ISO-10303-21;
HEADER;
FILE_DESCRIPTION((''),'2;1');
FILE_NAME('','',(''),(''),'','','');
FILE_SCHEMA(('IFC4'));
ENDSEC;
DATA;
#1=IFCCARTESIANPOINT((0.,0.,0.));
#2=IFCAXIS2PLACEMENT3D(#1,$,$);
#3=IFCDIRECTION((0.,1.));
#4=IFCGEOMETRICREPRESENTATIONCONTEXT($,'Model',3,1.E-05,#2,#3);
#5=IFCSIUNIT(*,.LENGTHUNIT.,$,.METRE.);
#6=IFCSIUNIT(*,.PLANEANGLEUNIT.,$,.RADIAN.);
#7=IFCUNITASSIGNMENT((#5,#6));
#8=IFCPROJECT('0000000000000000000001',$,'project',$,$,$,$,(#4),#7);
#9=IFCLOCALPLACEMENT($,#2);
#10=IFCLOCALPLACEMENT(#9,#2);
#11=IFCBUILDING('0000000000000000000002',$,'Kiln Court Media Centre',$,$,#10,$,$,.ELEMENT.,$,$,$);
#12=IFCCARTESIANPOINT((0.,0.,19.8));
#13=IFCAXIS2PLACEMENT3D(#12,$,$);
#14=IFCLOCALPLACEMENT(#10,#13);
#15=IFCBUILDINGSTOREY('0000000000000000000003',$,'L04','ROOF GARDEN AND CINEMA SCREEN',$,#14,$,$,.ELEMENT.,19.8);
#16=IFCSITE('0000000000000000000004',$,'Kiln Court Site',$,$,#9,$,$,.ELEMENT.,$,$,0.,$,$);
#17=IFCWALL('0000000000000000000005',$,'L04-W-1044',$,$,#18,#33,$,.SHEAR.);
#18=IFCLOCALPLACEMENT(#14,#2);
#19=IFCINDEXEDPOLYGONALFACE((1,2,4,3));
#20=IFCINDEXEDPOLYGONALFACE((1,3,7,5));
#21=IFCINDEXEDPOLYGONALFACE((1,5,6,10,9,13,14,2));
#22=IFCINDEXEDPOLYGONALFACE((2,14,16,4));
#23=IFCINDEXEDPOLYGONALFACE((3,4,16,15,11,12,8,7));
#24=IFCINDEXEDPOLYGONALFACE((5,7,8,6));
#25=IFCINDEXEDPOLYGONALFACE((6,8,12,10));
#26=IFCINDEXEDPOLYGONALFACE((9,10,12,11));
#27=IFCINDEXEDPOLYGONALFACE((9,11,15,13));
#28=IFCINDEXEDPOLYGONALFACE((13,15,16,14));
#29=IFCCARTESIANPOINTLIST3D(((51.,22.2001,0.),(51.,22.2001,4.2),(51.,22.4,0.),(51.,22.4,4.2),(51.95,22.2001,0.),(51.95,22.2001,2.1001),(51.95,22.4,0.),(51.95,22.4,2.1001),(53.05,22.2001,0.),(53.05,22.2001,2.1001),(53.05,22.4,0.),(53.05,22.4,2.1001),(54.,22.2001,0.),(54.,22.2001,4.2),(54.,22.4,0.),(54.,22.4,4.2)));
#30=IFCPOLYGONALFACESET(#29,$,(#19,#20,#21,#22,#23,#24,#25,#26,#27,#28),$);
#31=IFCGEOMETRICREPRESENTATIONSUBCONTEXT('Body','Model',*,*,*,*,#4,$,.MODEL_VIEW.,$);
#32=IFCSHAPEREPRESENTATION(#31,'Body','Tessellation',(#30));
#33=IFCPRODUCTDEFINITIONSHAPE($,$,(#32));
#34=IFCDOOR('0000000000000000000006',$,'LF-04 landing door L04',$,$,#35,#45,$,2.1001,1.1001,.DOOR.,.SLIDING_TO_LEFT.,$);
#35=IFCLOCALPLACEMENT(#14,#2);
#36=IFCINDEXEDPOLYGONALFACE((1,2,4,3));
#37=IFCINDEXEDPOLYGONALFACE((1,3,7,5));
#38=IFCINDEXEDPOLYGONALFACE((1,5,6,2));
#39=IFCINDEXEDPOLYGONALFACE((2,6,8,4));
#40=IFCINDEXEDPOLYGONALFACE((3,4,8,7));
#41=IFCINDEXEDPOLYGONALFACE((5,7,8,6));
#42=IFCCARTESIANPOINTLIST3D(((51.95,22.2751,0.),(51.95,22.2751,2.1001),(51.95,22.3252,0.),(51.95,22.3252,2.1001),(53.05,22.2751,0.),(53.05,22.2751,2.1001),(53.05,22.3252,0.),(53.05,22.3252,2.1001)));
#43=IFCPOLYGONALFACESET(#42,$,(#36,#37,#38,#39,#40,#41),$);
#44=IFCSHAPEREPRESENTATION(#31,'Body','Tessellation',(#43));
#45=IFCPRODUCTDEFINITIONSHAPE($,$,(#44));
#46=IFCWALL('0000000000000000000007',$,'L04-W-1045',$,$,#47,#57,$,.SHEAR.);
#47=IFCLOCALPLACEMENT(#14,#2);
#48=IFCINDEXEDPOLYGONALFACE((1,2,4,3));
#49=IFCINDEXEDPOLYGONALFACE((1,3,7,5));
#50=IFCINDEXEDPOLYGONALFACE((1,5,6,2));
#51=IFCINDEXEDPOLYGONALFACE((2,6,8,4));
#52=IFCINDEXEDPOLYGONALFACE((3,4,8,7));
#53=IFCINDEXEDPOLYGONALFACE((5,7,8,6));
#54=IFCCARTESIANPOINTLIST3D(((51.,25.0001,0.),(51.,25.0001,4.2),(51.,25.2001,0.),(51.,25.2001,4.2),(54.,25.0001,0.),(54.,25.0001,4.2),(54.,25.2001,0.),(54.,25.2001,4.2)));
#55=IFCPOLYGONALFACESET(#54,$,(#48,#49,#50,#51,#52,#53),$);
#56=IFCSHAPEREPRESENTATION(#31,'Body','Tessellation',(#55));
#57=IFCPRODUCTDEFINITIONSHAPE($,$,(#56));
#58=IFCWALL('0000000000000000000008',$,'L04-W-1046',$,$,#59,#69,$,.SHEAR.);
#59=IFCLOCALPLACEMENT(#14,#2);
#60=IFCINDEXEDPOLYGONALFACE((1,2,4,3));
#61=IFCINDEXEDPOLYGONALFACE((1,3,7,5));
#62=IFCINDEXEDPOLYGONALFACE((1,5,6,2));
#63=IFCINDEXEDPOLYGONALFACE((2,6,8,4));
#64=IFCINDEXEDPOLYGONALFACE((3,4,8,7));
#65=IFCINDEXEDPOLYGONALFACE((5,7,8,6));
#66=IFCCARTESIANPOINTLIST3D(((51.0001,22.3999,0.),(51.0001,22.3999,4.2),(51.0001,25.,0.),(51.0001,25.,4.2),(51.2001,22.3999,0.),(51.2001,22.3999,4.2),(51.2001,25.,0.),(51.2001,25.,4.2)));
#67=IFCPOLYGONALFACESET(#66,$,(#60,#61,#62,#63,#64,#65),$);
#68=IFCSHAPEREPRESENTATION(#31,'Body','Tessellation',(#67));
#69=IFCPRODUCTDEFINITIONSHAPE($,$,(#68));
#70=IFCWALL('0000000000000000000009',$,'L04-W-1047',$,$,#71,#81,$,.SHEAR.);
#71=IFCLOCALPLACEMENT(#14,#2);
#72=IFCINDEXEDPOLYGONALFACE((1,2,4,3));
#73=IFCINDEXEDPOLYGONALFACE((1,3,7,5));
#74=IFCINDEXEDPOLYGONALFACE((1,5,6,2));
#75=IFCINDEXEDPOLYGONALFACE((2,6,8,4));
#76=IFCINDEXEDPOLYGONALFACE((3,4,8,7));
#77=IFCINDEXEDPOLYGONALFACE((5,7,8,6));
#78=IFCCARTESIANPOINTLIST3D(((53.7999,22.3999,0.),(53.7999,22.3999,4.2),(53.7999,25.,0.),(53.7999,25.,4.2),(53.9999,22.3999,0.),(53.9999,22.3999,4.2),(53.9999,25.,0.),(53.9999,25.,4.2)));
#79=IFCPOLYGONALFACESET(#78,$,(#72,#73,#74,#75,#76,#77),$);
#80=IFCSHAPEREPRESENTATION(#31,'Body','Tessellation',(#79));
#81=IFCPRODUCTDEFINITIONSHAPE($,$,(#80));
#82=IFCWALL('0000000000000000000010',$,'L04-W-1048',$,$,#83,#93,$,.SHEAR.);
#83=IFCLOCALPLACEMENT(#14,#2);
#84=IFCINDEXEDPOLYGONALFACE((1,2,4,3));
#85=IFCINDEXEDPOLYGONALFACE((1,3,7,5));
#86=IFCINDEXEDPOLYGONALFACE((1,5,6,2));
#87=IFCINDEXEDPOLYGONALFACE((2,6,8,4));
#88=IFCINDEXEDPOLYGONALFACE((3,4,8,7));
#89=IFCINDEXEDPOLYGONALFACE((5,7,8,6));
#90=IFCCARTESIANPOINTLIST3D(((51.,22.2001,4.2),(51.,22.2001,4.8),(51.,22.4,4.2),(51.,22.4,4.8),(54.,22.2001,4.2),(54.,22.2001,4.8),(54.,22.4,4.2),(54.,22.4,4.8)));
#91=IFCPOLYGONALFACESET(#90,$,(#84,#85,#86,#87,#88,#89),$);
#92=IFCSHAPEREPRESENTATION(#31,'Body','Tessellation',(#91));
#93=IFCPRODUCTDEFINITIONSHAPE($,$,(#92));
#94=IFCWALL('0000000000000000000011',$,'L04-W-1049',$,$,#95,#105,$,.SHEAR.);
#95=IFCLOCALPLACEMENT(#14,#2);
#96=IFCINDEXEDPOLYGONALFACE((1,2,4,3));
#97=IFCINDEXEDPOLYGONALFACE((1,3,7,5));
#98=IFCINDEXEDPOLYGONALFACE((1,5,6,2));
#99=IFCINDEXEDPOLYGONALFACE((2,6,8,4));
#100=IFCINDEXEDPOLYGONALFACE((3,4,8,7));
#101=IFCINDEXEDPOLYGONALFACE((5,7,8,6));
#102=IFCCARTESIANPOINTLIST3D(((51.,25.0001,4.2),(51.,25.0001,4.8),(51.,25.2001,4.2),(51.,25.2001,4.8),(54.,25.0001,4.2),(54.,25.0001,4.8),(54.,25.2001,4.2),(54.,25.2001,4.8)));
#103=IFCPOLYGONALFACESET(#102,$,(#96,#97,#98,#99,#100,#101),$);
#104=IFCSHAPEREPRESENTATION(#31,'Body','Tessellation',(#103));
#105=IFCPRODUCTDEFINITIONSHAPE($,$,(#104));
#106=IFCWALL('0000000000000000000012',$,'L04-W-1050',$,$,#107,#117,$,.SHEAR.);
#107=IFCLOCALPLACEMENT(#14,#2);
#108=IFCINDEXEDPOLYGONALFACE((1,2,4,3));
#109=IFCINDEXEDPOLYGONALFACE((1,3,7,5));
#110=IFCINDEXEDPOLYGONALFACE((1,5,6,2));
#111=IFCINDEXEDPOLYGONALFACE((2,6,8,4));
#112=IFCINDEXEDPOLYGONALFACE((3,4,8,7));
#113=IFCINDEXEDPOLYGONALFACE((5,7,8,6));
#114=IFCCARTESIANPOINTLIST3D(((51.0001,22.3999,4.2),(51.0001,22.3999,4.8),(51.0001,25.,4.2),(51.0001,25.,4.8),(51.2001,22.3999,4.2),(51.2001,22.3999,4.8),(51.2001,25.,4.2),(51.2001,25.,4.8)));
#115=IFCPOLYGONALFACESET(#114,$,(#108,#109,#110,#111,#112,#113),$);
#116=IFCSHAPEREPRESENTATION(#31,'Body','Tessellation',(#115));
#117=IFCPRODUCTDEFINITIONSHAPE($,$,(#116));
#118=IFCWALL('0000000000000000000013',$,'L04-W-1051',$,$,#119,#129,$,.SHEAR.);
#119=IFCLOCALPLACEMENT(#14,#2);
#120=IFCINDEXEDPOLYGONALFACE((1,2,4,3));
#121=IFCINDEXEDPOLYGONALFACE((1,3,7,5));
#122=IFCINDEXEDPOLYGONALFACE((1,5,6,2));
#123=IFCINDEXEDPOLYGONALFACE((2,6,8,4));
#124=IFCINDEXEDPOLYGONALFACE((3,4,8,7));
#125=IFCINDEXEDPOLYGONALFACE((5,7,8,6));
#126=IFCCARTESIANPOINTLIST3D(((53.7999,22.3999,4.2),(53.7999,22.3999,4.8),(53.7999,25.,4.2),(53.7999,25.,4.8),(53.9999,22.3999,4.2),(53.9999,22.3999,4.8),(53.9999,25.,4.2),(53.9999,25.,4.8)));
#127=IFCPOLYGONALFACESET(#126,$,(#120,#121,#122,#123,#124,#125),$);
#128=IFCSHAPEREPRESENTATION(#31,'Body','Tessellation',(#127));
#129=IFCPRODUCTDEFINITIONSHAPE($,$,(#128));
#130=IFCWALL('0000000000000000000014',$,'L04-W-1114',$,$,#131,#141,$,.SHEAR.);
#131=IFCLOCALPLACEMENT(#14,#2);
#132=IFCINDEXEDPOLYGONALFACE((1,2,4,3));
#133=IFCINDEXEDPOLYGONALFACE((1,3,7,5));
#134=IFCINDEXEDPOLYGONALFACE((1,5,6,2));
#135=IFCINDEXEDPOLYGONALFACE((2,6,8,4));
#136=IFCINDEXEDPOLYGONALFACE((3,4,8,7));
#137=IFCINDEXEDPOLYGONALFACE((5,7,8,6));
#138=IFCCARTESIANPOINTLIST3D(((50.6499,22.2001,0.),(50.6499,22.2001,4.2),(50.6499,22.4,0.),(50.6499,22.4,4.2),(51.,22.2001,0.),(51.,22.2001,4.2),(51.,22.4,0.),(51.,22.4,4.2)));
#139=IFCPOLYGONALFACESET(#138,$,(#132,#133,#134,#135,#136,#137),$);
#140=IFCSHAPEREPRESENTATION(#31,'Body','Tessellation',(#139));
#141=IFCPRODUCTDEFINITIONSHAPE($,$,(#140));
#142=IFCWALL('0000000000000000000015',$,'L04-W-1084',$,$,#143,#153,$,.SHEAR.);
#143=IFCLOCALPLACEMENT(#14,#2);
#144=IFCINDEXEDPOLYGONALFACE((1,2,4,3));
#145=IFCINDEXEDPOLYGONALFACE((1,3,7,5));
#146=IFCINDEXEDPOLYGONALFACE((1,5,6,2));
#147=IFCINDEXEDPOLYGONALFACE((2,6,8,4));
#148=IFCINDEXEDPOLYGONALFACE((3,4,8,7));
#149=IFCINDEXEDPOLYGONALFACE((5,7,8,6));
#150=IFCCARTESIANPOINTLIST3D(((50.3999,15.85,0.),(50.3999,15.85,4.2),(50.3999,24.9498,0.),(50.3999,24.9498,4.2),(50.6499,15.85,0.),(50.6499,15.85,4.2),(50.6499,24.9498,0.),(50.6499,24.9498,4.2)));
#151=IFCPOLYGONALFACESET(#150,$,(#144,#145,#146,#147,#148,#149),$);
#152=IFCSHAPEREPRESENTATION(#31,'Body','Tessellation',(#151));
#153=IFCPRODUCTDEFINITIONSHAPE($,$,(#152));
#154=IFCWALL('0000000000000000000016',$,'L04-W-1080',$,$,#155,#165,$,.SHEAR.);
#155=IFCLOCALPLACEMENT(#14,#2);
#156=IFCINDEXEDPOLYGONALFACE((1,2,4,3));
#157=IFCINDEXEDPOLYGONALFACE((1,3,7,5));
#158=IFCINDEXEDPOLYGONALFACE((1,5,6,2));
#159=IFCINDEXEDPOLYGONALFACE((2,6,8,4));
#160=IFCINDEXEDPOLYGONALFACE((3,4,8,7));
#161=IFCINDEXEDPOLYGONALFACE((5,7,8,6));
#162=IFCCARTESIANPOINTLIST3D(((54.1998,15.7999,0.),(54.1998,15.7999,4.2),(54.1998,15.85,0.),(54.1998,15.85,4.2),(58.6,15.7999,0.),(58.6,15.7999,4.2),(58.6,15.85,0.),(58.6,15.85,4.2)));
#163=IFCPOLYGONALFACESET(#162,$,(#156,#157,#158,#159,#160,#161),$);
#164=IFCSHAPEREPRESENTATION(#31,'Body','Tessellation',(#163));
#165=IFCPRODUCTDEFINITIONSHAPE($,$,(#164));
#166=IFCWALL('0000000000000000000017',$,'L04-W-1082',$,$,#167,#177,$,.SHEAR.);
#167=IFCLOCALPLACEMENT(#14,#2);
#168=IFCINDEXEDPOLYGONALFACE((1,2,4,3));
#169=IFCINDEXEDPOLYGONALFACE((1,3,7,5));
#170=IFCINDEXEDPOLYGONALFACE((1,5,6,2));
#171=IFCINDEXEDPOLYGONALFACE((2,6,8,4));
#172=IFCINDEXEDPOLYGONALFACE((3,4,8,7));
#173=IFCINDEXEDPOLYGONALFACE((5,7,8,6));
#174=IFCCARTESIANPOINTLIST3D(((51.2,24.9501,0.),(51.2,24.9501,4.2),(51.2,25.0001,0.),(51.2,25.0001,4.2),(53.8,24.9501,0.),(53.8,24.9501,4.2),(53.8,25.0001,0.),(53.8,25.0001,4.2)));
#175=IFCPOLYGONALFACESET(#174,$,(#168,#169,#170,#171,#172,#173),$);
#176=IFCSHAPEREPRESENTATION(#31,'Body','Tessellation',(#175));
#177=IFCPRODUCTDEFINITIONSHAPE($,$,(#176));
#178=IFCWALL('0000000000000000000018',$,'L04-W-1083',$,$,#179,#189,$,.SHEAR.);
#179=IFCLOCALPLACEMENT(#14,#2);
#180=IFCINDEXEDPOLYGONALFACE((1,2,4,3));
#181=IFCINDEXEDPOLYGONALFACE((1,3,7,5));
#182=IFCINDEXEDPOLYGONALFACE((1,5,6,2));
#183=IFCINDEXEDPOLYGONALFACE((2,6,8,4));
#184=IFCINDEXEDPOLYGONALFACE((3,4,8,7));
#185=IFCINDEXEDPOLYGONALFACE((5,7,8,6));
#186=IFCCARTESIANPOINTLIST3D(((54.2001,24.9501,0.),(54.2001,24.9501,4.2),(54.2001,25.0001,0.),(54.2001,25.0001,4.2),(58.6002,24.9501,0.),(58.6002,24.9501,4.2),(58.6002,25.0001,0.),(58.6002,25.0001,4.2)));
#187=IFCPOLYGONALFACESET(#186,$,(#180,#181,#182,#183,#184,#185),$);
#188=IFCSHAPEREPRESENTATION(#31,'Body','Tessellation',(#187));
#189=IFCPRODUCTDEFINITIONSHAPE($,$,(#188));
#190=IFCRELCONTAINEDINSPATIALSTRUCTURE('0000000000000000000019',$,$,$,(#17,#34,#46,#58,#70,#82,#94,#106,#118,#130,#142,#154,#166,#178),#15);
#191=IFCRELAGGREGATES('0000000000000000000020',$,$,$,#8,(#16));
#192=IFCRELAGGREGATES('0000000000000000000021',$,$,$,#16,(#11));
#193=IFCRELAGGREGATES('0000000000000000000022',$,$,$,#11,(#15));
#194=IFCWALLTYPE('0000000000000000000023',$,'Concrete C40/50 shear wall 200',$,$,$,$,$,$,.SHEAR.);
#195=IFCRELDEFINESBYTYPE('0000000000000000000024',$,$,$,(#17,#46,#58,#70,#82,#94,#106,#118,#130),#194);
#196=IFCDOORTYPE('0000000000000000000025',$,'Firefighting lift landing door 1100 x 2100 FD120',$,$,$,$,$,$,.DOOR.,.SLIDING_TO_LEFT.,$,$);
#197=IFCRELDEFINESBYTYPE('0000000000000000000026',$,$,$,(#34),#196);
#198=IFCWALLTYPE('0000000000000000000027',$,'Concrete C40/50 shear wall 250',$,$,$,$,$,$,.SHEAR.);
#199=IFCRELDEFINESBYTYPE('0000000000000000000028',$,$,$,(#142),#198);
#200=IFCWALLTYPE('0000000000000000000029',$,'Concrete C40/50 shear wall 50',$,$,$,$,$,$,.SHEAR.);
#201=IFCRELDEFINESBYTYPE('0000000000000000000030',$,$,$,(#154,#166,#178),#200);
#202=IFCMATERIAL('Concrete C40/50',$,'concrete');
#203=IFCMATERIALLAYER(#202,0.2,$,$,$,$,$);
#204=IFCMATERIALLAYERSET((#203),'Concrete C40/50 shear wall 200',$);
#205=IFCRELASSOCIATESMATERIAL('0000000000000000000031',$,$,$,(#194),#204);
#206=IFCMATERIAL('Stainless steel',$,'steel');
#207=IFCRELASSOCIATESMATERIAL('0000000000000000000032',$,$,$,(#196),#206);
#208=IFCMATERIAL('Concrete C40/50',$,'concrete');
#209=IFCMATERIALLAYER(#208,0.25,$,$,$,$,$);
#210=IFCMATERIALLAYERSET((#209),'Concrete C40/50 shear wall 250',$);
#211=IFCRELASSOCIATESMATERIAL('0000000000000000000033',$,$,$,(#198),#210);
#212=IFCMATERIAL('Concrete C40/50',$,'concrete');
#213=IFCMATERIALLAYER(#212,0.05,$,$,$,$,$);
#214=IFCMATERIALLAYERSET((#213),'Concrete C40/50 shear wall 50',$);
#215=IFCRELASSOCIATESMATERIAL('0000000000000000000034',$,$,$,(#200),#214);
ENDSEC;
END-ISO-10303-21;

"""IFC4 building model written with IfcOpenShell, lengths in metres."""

from ifc_helpers import new_model, si_unit, direction, frame, frame_2d, origin, place, context, subcontext, project, spatial, rectangle, extrude, material, layer, layer_set, type_object, element, fill, save


model = new_model("IFC4")

# Units and contexts
model_context = context("Model", 3, precision=1e-05, world=origin(), true_north=direction((0.0, 1.0)))
body_context = subcontext(model_context, "Body", "Model", "MODEL_VIEW")
ifc_project = project(units=[si_unit("LENGTHUNIT", "METRE"), si_unit("PLANEANGLEUNIT", "RADIAN")], contexts=[model_context])

# Site, building, storey
site_placement = place(None, origin())
site = spatial("IfcSite", under=ifc_project, at=site_placement, Name="Kiln Court Site", CompositionType="ELEMENT", RefElevation=0.0)
building_placement = place(site_placement, origin())
building = spatial("IfcBuilding", under=site, at=building_placement, Name="Kiln Court Media Centre", CompositionType="ELEMENT")
storey_placement = place(building_placement, frame((0.0, 0.0, 19.8)))
storey = spatial("IfcBuildingStorey", under=building, at=storey_placement, Name="L04", Description="ROOF GARDEN AND CINEMA SCREEN", CompositionType="ELEMENT", Elevation=19.8)

# Shared definitions
ifc_material_1 = material(Name="Concrete C40/50", Category="concrete")
ifc_layer_1 = layer(ifc_material_1, 0.2)
ifc_layer_set_1 = layer_set([ifc_layer_1], Name="Concrete C40/50 shear wall 200")
wall_type_1 = type_object("IfcWallType", Name="Concrete C40/50 shear wall 200", PredefinedType="SHEAR", material=ifc_layer_set_1)

# Wall, opening, door
wall_1_placement = place(storey_placement, frame((54.0, 22.3, 0.0), z_axis=(0.0, 0.0, 1.0), x_axis=(-1.0, 0.0, 0.0)))
wall_1 = element("IfcWall", 1, at=wall_1_placement, inside=storey, type_object=wall_type_1, Name="L04-W-1044", PredefinedType="SHEAR", context=body_context, shape_type="SweptSolid", body=[
    extrude(rectangle(XDim=3.0, YDim=0.2, at=frame_2d((1.5, 0.0))), origin(), (0.0, 0.0, 1.0), 4.2),
])
opening_1_placement = place(wall_1_placement, frame((0.95, 0.0, 0.0)))
opening_1 = element("IfcOpeningElement", 2, at=opening_1_placement, cuts=wall_1, PredefinedType="OPENING", context=body_context, shape_type="SweptSolid", body=[
    extrude(rectangle(XDim=1.1001, YDim=2.1001, at=frame_2d((0.55, 1.05))), frame((0.0, 0.1099, 0.0), z_axis=(0.0, -1.0, 0.0), x_axis=(1.0, 0.0, 0.0)), (0.0, 0.0, 1.0), 0.22),
])
ifc_material_2 = material(Name="Stainless steel", Category="steel")
door_type_1 = type_object("IfcDoorType", Name="Firefighting lift landing door 1100 x 2100 FD120", OperationType="SLIDING_TO_LEFT", PredefinedType="DOOR", material=ifc_material_2)
door_1_placement = place(opening_1_placement, origin())
door_1 = element("IfcDoor", 3, at=door_1_placement, inside=storey, type_object=door_type_1, Name="LF-04 landing door L04", OperationType="SLIDING_TO_LEFT", OverallHeight=2.1001, OverallWidth=1.1001, PredefinedType="DOOR", context=body_context, shape_type="SweptSolid", body=[
    extrude(rectangle(XDim=1.1001, YDim=2.1001, at=frame_2d((0.55, 1.05))), frame((0.0, 0.0249, 0.0), z_axis=(0.0, -1.0, 0.0), x_axis=(1.0, 0.0, 0.0)), (0.0, 0.0, 1.0), 0.05),
])
fill(opening_1, door_1)

# Walls
wall_2_placement = place(storey_placement, frame((51.0, 25.1001, 0.0), z_axis=(0.0, 0.0, 1.0), x_axis=(1.0, 0.0, 0.0)))
element("IfcWall", 4, at=wall_2_placement, inside=storey, type_object=wall_type_1, Name="L04-W-1045", PredefinedType="SHEAR", context=body_context, shape_type="SweptSolid", body=[
    extrude(rectangle(XDim=3.0, YDim=0.2, at=frame_2d((1.5, 0.0))), origin(), (0.0, 0.0, 1.0), 4.2),
])
for number, where, z_axis, x_axis, name in (
    (5, (51.1001, 22.3999, 0.0), (0.0, 0.0, 1.0), (0.0, 1.0, 0.0), "L04-W-1046"),
    (6, (53.8999, 25.0, 0.0), (0.0, 0.0, 1.0), (0.0, -1.0, 0.0), "L04-W-1047"),
):
    element("IfcWall", number, at=place(storey_placement, frame(where, z_axis=z_axis, x_axis=x_axis)), inside=storey, type_object=wall_type_1, Name=name, PredefinedType="SHEAR", context=body_context, shape_type="SweptSolid", body=[
        extrude(rectangle(XDim=2.6001, YDim=0.2, at=frame_2d((1.3, 0.0))), origin(), (0.0, 0.0, 1.0), 4.2),
    ])
for number, where, z_axis, x_axis, name in (
    (7, (54.0, 22.3, 4.2), (0.0, 0.0, 1.0), (-1.0, 0.0, 0.0), "L04-W-1048"),
    (8, (51.0, 25.1001, 4.2), (0.0, 0.0, 1.0), (1.0, 0.0, 0.0), "L04-W-1049"),
):
    element("IfcWall", number, at=place(storey_placement, frame(where, z_axis=z_axis, x_axis=x_axis)), inside=storey, type_object=wall_type_1, Name=name, PredefinedType="SHEAR", context=body_context, shape_type="SweptSolid", body=[
        extrude(rectangle(XDim=3.0, YDim=0.2, at=frame_2d((1.5, 0.0))), origin(), (0.0, 0.0, 1.0), 0.6001),
    ])
for number, where, z_axis, x_axis, name in (
    (9, (51.1001, 22.3999, 4.2), (0.0, 0.0, 1.0), (0.0, 1.0, 0.0), "L04-W-1050"),
    (10, (53.8999, 25.0, 4.2), (0.0, 0.0, 1.0), (0.0, -1.0, 0.0), "L04-W-1051"),
):
    element("IfcWall", number, at=place(storey_placement, frame(where, z_axis=z_axis, x_axis=x_axis)), inside=storey, type_object=wall_type_1, Name=name, PredefinedType="SHEAR", context=body_context, shape_type="SweptSolid", body=[
        extrude(rectangle(XDim=2.6001, YDim=0.2, at=frame_2d((1.3, 0.0))), origin(), (0.0, 0.0, 1.0), 0.6001),
    ])
wall_3_placement = place(storey_placement, frame((51.0, 22.3, 0.0), z_axis=(0.0, 0.0, 1.0), x_axis=(-1.0, 0.0, 0.0)))
element("IfcWall", 11, at=wall_3_placement, inside=storey, type_object=wall_type_1, Name="L04-W-1114", PredefinedType="SHEAR", context=body_context, shape_type="SweptSolid", body=[
    extrude(rectangle(XDim=0.3501, YDim=0.2, at=frame_2d((0.175, 0.0))), origin(), (0.0, 0.0, 1.0), 4.2),
])
ifc_material_3 = material(Name="Concrete C40/50", Category="concrete")
ifc_layer_2 = layer(ifc_material_3, 0.25)
ifc_layer_set_2 = layer_set([ifc_layer_2], Name="Concrete C40/50 shear wall 250")
wall_type_2 = type_object("IfcWallType", Name="Concrete C40/50 shear wall 250", PredefinedType="SHEAR", material=ifc_layer_set_2)
wall_4_placement = place(storey_placement, frame((50.5249, 15.8501, 0.0), z_axis=(0.0, 0.0, 1.0), x_axis=(0.0, 1.0, 0.0)))
element("IfcWall", 12, at=wall_4_placement, inside=storey, type_object=wall_type_2, Name="L04-W-1084", PredefinedType="SHEAR", context=body_context, shape_type="SweptSolid", body=[
    extrude(rectangle(XDim=9.0999, YDim=0.25, at=frame_2d((4.5498, 0.0))), origin(), (0.0, 0.0, 1.0), 4.2),
])
ifc_material_4 = material(Name="Concrete C40/50", Category="concrete")
ifc_layer_3 = layer(ifc_material_4, 0.05)
ifc_layer_set_3 = layer_set([ifc_layer_3], Name="Concrete C40/50 shear wall 50")
wall_type_3 = type_object("IfcWallType", Name="Concrete C40/50 shear wall 50", PredefinedType="SHEAR", material=ifc_layer_set_3)
wall_5_placement = place(storey_placement, frame((58.6001, 15.825, 0.0), z_axis=(0.0, 0.0, 1.0), x_axis=(-1.0, 0.0, 0.0)))
element("IfcWall", 13, at=wall_5_placement, inside=storey, type_object=wall_type_3, Name="L04-W-1080", PredefinedType="SHEAR", context=body_context, shape_type="SweptSolid", body=[
    extrude(rectangle(XDim=4.4001, YDim=0.05, at=frame_2d((2.2002, 0.0))), origin(), (0.0, 0.0, 1.0), 4.2),
])
wall_6_placement = place(storey_placement, frame((51.2, 24.9751, 0.0), z_axis=(0.0, 0.0, 1.0), x_axis=(1.0, 0.0, 0.0)))
element("IfcWall", 14, at=wall_6_placement, inside=storey, type_object=wall_type_3, Name="L04-W-1082", PredefinedType="SHEAR", context=body_context, shape_type="SweptSolid", body=[
    extrude(rectangle(XDim=2.6001, YDim=0.05, at=frame_2d((1.3, 0.0))), origin(), (0.0, 0.0, 1.0), 4.2),
])
wall_7_placement = place(storey_placement, frame((54.2, 24.9751, 0.0), z_axis=(0.0, 0.0, 1.0), x_axis=(1.0, 0.0, 0.0)))
element("IfcWall", 15, at=wall_7_placement, inside=storey, type_object=wall_type_3, Name="L04-W-1083", PredefinedType="SHEAR", context=body_context, shape_type="SweptSolid", body=[
    extrude(rectangle(XDim=4.4001, YDim=0.05, at=frame_2d((2.2002, 0.0))), origin(), (0.0, 0.0, 1.0), 4.2),
])

save(model, "model.ifc")
